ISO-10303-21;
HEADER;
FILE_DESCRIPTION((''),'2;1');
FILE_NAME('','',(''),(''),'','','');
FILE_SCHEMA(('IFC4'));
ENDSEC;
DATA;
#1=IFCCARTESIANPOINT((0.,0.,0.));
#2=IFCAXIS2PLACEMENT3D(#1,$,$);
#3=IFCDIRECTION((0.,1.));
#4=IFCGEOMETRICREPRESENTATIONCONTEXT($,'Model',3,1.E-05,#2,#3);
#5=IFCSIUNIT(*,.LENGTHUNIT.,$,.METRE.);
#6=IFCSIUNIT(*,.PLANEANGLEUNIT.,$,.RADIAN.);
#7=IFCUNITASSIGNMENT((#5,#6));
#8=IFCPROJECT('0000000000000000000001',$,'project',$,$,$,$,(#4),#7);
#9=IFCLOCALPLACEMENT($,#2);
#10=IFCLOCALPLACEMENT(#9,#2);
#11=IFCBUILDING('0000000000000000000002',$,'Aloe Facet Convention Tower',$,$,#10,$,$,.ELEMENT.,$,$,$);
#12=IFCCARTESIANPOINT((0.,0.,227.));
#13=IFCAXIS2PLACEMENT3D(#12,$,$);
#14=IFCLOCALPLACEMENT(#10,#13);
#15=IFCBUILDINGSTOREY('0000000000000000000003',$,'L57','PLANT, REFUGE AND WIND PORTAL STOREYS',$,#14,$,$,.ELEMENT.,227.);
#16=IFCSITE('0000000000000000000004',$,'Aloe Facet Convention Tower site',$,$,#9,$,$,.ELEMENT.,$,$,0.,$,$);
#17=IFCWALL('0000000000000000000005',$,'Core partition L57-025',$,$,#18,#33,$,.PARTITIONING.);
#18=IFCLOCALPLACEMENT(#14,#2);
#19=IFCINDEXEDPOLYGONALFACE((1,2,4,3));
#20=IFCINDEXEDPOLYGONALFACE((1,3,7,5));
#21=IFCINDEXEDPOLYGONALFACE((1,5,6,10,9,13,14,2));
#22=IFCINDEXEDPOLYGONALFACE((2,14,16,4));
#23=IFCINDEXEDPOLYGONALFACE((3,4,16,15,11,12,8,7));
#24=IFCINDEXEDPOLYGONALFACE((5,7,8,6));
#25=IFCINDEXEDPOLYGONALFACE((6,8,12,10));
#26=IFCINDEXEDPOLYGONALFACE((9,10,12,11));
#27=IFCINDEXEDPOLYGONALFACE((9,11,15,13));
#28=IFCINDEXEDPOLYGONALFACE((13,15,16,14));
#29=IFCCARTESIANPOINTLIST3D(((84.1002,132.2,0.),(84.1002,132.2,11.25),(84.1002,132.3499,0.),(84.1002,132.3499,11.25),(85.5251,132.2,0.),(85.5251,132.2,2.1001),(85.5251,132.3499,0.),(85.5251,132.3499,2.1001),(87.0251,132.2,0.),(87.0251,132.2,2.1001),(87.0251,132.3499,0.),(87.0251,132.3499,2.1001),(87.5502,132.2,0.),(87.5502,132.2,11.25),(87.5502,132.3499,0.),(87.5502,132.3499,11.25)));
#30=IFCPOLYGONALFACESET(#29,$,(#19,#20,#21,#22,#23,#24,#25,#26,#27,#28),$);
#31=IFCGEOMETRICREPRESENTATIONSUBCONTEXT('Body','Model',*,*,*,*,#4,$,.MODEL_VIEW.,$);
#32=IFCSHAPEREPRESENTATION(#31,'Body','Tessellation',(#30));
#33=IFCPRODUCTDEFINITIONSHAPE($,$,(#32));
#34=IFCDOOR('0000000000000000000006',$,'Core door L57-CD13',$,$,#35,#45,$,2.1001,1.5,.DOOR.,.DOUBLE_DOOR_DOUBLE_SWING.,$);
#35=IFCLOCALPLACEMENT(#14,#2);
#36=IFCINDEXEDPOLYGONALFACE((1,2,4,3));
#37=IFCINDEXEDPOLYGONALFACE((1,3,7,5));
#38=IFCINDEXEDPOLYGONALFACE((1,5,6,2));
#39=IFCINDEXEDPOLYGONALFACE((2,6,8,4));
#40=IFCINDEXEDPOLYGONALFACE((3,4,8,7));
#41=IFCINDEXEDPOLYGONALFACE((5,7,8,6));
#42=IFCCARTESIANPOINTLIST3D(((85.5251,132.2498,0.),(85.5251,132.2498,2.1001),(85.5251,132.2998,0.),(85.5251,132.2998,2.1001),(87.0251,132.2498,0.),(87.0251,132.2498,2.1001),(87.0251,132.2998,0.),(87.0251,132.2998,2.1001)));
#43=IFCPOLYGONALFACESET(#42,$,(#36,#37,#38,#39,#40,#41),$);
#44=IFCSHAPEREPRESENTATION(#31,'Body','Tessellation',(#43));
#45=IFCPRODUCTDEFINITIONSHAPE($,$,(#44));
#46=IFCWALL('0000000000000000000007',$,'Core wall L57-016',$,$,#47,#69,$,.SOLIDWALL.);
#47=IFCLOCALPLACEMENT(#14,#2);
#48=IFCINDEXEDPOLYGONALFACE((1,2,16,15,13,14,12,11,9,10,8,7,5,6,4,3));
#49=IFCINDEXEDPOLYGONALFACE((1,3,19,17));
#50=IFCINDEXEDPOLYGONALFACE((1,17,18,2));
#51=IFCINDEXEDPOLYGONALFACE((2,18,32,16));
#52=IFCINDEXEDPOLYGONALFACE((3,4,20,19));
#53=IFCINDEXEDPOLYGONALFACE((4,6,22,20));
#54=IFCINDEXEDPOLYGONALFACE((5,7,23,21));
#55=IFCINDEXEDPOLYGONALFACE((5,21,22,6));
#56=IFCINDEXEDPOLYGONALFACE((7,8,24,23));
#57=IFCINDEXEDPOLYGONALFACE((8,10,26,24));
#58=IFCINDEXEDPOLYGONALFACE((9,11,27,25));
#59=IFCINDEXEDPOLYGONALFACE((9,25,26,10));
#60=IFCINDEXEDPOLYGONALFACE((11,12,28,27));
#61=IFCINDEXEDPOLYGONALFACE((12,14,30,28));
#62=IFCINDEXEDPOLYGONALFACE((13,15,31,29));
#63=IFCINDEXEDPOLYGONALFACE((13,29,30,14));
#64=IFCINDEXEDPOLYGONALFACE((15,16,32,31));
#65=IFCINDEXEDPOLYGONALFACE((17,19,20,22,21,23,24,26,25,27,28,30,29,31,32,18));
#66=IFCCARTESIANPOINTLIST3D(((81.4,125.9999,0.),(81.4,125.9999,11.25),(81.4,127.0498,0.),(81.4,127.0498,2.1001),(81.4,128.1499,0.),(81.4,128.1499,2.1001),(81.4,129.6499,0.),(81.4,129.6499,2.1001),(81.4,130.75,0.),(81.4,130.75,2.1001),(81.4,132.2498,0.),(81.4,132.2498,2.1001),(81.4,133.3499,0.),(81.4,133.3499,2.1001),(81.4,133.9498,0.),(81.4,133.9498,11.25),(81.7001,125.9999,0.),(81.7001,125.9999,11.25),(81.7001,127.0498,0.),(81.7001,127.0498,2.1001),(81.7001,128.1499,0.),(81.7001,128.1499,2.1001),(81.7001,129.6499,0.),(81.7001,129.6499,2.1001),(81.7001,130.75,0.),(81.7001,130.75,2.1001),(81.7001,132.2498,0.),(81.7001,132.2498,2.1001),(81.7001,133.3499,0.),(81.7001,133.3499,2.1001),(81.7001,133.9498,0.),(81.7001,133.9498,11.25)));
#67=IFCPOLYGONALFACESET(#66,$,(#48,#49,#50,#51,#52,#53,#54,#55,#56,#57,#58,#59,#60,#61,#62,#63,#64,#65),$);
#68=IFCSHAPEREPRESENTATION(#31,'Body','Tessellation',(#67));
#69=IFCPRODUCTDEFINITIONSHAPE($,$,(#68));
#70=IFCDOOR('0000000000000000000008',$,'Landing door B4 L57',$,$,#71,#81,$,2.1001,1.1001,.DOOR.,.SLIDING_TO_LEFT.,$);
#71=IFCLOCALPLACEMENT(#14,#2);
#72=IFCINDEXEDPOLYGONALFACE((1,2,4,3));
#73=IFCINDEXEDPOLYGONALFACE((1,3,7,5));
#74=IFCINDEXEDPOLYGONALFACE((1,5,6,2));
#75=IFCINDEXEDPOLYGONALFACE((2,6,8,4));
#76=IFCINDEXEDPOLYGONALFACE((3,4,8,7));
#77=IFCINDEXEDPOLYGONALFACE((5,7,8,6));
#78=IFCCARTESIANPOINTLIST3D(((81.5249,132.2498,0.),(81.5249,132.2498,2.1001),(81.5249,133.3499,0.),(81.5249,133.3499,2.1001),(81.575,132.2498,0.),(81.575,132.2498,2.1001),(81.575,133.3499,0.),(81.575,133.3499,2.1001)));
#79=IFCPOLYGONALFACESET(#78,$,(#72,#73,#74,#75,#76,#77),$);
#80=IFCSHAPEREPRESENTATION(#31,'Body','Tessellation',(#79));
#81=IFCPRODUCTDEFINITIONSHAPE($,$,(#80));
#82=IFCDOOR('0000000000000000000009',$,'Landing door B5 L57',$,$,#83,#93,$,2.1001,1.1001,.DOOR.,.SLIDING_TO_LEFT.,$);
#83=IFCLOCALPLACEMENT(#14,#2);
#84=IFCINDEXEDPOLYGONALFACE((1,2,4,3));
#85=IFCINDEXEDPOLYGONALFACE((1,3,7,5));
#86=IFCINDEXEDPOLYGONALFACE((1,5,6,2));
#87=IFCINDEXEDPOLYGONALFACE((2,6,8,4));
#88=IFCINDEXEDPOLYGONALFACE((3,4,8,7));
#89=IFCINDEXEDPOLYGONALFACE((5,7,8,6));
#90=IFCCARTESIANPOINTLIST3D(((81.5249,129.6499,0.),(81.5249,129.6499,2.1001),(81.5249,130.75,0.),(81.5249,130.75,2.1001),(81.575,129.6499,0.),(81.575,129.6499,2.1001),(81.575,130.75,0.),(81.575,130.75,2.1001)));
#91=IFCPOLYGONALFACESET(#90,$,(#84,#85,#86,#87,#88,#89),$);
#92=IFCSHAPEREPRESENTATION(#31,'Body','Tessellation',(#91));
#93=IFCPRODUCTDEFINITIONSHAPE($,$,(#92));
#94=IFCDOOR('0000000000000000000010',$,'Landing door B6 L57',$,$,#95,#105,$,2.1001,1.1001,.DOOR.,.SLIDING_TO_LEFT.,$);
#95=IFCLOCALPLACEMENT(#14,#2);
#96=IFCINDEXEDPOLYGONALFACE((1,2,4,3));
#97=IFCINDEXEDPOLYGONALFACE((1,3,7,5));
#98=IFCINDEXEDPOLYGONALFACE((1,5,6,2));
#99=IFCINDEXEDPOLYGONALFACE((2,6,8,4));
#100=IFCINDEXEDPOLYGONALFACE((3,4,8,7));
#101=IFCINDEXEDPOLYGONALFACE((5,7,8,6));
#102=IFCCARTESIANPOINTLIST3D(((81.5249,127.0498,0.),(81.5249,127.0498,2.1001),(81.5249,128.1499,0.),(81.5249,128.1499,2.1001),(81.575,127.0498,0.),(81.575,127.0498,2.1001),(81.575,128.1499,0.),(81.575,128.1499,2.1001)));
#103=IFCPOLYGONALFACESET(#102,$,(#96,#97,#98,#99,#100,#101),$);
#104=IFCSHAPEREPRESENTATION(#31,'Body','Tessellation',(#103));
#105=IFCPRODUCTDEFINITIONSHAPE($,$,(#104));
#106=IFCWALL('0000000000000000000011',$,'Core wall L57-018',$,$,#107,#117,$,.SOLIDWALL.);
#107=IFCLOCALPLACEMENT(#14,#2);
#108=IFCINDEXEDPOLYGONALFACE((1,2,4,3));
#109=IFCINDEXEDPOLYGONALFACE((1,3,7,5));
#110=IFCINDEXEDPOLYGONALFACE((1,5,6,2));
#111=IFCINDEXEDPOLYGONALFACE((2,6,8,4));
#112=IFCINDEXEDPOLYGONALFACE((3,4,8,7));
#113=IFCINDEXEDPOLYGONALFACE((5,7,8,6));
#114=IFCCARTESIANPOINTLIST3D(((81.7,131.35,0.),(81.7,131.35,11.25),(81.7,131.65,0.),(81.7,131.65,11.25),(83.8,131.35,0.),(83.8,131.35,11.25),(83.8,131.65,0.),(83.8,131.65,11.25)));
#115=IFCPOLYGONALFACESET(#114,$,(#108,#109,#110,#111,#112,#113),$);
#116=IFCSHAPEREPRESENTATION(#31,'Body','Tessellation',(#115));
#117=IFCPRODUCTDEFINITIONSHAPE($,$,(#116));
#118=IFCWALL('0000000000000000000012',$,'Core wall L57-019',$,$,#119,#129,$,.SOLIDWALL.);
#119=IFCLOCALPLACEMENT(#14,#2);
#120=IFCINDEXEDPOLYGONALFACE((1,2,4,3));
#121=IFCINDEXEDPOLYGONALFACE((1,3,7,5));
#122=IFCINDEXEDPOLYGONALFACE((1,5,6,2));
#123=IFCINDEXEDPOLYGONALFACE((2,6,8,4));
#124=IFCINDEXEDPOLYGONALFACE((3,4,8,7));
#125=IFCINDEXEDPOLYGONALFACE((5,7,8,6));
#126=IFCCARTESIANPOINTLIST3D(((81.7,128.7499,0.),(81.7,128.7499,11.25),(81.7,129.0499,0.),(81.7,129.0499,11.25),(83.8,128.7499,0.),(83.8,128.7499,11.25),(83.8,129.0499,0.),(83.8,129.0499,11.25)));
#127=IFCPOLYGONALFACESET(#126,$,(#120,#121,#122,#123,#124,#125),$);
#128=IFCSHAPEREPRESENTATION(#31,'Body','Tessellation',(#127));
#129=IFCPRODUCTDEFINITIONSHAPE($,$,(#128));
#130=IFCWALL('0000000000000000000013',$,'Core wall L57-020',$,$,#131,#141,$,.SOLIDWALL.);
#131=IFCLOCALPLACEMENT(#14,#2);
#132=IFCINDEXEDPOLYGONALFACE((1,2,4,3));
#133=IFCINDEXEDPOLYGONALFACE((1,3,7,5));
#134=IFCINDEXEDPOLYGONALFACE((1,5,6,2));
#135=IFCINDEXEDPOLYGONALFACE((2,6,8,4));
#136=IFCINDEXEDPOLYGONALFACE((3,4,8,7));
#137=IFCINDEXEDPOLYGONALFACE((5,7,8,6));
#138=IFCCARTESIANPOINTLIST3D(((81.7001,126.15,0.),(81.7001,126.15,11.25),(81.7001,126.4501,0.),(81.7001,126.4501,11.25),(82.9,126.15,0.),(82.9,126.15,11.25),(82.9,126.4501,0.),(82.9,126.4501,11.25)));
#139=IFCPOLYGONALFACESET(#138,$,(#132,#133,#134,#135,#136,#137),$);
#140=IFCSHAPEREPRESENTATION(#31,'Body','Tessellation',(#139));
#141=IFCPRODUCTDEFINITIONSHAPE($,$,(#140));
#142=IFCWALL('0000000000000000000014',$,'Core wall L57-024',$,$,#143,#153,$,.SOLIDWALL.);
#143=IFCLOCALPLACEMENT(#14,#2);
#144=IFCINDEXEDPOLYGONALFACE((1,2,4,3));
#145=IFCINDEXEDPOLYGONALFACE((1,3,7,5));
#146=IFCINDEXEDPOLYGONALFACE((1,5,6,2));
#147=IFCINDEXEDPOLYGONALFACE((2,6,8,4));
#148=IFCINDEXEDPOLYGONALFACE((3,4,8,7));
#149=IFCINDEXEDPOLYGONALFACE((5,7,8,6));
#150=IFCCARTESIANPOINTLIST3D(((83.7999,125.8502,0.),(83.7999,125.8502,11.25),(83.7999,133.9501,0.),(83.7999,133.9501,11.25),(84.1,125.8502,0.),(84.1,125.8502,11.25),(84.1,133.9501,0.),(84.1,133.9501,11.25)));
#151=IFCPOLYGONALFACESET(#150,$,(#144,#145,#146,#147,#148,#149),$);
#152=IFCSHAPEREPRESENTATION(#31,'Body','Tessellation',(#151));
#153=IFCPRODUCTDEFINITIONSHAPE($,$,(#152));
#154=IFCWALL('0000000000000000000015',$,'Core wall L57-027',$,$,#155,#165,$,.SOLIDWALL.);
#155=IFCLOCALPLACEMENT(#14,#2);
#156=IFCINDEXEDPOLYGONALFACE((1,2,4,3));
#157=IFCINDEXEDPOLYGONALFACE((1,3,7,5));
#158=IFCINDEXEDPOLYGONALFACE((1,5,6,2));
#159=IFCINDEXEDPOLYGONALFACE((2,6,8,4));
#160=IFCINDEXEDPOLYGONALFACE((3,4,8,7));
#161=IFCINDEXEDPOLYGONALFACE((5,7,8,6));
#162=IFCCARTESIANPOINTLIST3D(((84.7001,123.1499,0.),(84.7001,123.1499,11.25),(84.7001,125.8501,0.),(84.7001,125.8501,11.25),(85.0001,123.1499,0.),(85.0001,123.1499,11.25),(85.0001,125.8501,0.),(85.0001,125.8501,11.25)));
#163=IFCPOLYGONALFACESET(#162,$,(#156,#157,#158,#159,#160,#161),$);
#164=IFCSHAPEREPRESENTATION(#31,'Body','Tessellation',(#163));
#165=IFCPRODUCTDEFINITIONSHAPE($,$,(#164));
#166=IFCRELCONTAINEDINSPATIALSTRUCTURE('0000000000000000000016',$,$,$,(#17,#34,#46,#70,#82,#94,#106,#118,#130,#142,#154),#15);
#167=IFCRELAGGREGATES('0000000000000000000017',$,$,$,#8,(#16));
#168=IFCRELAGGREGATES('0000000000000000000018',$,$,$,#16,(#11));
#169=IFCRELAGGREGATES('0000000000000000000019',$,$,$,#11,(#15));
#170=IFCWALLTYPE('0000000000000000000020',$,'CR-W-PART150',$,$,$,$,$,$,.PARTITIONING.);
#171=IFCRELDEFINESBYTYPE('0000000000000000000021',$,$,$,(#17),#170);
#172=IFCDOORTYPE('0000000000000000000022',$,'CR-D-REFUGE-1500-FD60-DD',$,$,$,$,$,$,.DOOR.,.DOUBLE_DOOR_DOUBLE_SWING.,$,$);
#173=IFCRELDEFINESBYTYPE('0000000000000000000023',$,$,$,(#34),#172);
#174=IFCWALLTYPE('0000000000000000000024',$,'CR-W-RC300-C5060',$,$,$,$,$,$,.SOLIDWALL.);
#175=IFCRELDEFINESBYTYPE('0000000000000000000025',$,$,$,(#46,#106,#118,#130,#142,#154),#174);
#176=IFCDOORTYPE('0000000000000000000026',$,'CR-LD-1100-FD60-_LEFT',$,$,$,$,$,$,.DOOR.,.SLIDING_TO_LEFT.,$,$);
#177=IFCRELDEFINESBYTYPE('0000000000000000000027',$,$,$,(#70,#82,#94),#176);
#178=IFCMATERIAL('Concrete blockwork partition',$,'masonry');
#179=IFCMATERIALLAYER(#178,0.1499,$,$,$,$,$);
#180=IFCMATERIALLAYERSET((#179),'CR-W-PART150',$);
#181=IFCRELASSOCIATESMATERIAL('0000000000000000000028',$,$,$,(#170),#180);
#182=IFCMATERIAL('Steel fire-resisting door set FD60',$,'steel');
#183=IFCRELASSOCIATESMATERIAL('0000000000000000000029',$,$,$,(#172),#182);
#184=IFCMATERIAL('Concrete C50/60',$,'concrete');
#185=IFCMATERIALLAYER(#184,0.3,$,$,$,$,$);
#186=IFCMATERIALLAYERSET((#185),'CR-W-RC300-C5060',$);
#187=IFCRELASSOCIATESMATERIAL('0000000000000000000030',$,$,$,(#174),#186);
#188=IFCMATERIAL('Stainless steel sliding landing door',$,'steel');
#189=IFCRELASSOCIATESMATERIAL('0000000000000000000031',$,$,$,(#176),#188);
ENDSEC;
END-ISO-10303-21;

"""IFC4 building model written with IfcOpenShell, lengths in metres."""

from ifc_helpers import new_model, si_unit, direction, frame, frame_2d, origin, place, context, subcontext, project, spatial, rectangle, extrude, material, layer, layer_set, type_object, element, fill, save


model = new_model("IFC4")

# Units and contexts
model_context = context("Model", 3, precision=1e-05, world=origin(), true_north=direction((0.0, 1.0)))
body_context = subcontext(model_context, "Body", "Model", "MODEL_VIEW")
ifc_project = project(units=[si_unit("LENGTHUNIT", "METRE"), si_unit("PLANEANGLEUNIT", "RADIAN")], contexts=[model_context])

# Site, building, storey
site_placement = place(None, origin())
site = spatial("IfcSite", under=ifc_project, at=site_placement, Name="Aloe Facet Convention Tower site", CompositionType="ELEMENT", RefElevation=0.0)
building_placement = place(site_placement, origin())
building = spatial("IfcBuilding", under=site, at=building_placement, Name="Aloe Facet Convention Tower", CompositionType="ELEMENT")
storey_placement = place(building_placement, frame((0.0, 0.0, 227.0)))
storey = spatial("IfcBuildingStorey", under=building, at=storey_placement, Name="L57", Description="PLANT, REFUGE AND WIND PORTAL STOREYS", CompositionType="ELEMENT", Elevation=227.0)

# Wall, opening, door
ifc_material_1 = material(Name="Concrete blockwork partition", Category="masonry")
ifc_layer_1 = layer(ifc_material_1, 0.1499)
ifc_layer_set_1 = layer_set([ifc_layer_1], Name="CR-W-PART150")
wall_type_1 = type_object("IfcWallType", Name="CR-W-PART150", PredefinedType="PARTITIONING", material=ifc_layer_set_1)
wall_1_placement = place(storey_placement, frame((84.1001, 132.2749, 0.0), z_axis=(0.0, 0.0, 1.0), x_axis=(1.0, 0.0, 0.0)))
wall_1 = element("IfcWall", 1, at=wall_1_placement, inside=storey, type_object=wall_type_1, Name="Core partition L57-025", PredefinedType="PARTITIONING", context=body_context, shape_type="SweptSolid", body=[
    extrude(rectangle(XDim=3.45, YDim=0.1499, at=frame_2d((1.7251, 0.0))), origin(), (0.0, 0.0, 1.0), 11.25),
])
opening_1_placement = place(wall_1_placement, frame((1.425, 0.0, 0.0)))
opening_1 = element("IfcOpeningElement", 2, at=opening_1_placement, cuts=wall_1, PredefinedType="OPENING", context=body_context, shape_type="SweptSolid", body=[
    extrude(rectangle(XDim=1.5, YDim=2.1001, at=frame_2d((0.75, 1.05))), frame((0.0, 0.085, 0.0), z_axis=(0.0, -1.0, 0.0), x_axis=(1.0, 0.0, 0.0)), (0.0, 0.0, 1.0), 0.1699),
])
ifc_material_2 = material(Name="Steel fire-resisting door set FD60", Category="steel")
door_type_1 = type_object("IfcDoorType", Name="CR-D-REFUGE-1500-FD60-DD", OperationType="DOUBLE_DOOR_DOUBLE_SWING", PredefinedType="DOOR", material=ifc_material_2)
door_1_placement = place(opening_1_placement, origin())
door_1 = element("IfcDoor", 3, at=door_1_placement, inside=storey, type_object=door_type_1, Name="Core door L57-CD13", OperationType="DOUBLE_DOOR_DOUBLE_SWING", OverallHeight=2.1001, OverallWidth=1.5, PredefinedType="DOOR", context=body_context, shape_type="SweptSolid", body=[
    extrude(rectangle(XDim=1.5, YDim=2.1001, at=frame_2d((0.75, 1.05))), frame((0.0, 0.0249, 0.0), z_axis=(0.0, -1.0, 0.0), x_axis=(1.0, 0.0, 0.0)), (0.0, 0.0, 1.0), 0.05),
])
fill(opening_1, door_1)

# Wall, openings, doors
ifc_material_3 = material(Name="Concrete C50/60", Category="concrete")
ifc_layer_2 = layer(ifc_material_3, 0.3)
ifc_layer_set_2 = layer_set([ifc_layer_2], Name="CR-W-RC300-C5060")
wall_type_2 = type_object("IfcWallType", Name="CR-W-RC300-C5060", PredefinedType="SOLIDWALL", material=ifc_layer_set_2)
wall_2_placement = place(storey_placement, frame((81.55, 133.95, 0.0), z_axis=(0.0, 0.0, 1.0), x_axis=(0.0, -1.0, 0.0)))
wall_2 = element("IfcWall", 4, at=wall_2_placement, inside=storey, type_object=wall_type_2, Name="Core wall L57-016", PredefinedType="SOLIDWALL", context=body_context, shape_type="SweptSolid", body=[
    extrude(rectangle(XDim=7.95, YDim=0.3, at=frame_2d((3.9751, 0.0))), origin(), (0.0, 0.0, 1.0), 11.25),
])
opening_2_placement = place(wall_2_placement, frame((0.6001, 0.0, 0.0)))
opening_2 = element("IfcOpeningElement", 5, at=opening_2_placement, cuts=wall_2, PredefinedType="OPENING", context=body_context, shape_type="SweptSolid", body=[
    extrude(rectangle(XDim=1.1001, YDim=2.1001, at=frame_2d((0.55, 1.05))), frame((0.0, 0.1602, 0.0), z_axis=(0.0, -1.0, 0.0), x_axis=(1.0, 0.0, 0.0)), (0.0, 0.0, 1.0), 0.3201),
])
opening_3_placement = place(wall_2_placement, frame((3.2, 0.0, 0.0)))
opening_3 = element("IfcOpeningElement", 6, at=opening_3_placement, cuts=wall_2, PredefinedType="OPENING", context=body_context, shape_type="SweptSolid", body=[
    extrude(rectangle(XDim=1.1001, YDim=2.1001, at=frame_2d((0.55, 1.05))), frame((0.0, 0.1602, 0.0), z_axis=(0.0, -1.0, 0.0), x_axis=(1.0, 0.0, 0.0)), (0.0, 0.0, 1.0), 0.3201),
])
opening_4_placement = place(wall_2_placement, frame((5.8, 0.0, 0.0)))
opening_4 = element("IfcOpeningElement", 7, at=opening_4_placement, cuts=wall_2, PredefinedType="OPENING", context=body_context, shape_type="SweptSolid", body=[
    extrude(rectangle(XDim=1.1001, YDim=2.1001, at=frame_2d((0.55, 1.05))), frame((0.0, 0.1602, 0.0), z_axis=(0.0, -1.0, 0.0), x_axis=(1.0, 0.0, 0.0)), (0.0, 0.0, 1.0), 0.3201),
])
ifc_material_4 = material(Name="Stainless steel sliding landing door", Category="steel")
door_type_2 = type_object("IfcDoorType", Name="CR-LD-1100-FD60-_LEFT", OperationType="SLIDING_TO_LEFT", PredefinedType="DOOR", material=ifc_material_4)
door_2_placement = place(opening_2_placement, origin())
door_2 = element("IfcDoor", 8, at=door_2_placement, inside=storey, type_object=door_type_2, Name="Landing door B4 L57", OperationType="SLIDING_TO_LEFT", OverallHeight=2.1001, OverallWidth=1.1001, PredefinedType="DOOR", context=body_context, shape_type="SweptSolid", body=[
    extrude(rectangle(XDim=1.1001, YDim=2.1001, at=frame_2d((0.55, 1.05))), frame((0.0, 0.0249, 0.0), z_axis=(0.0, -1.0, 0.0), x_axis=(1.0, 0.0, 0.0)), (0.0, 0.0, 1.0), 0.05),
])
fill(opening_2, door_2)
door_3_placement = place(opening_3_placement, origin())
door_3 = element("IfcDoor", 9, at=door_3_placement, inside=storey, type_object=door_type_2, Name="Landing door B5 L57", OperationType="SLIDING_TO_LEFT", OverallHeight=2.1001, OverallWidth=1.1001, PredefinedType="DOOR", context=body_context, shape_type="SweptSolid", body=[
    extrude(rectangle(XDim=1.1001, YDim=2.1001, at=frame_2d((0.55, 1.05))), frame((0.0, 0.0249, 0.0), z_axis=(0.0, -1.0, 0.0), x_axis=(1.0, 0.0, 0.0)), (0.0, 0.0, 1.0), 0.05),
])
fill(opening_3, door_3)
door_4_placement = place(opening_4_placement, origin())
door_4 = element("IfcDoor", 10, at=door_4_placement, inside=storey, type_object=door_type_2, Name="Landing door B6 L57", OperationType="SLIDING_TO_LEFT", OverallHeight=2.1001, OverallWidth=1.1001, PredefinedType="DOOR", context=body_context, shape_type="SweptSolid", body=[
    extrude(rectangle(XDim=1.1001, YDim=2.1001, at=frame_2d((0.55, 1.05))), frame((0.0, 0.0249, 0.0), z_axis=(0.0, -1.0, 0.0), x_axis=(1.0, 0.0, 0.0)), (0.0, 0.0, 1.0), 0.05),
])
fill(opening_4, door_4)

# Walls
for number, where, z_axis, x_axis, name in (
    (11, (81.7, 131.5, 0.0), (0.0, 0.0, 1.0), (1.0, 0.0, 0.0), "Core wall L57-018"),
    (12, (81.7, 128.8999, 0.0), (0.0, 0.0, 1.0), (1.0, 0.0, 0.0), "Core wall L57-019"),
):
    element("IfcWall", number, at=place(storey_placement, frame(where, z_axis=z_axis, x_axis=x_axis)), inside=storey, type_object=wall_type_2, Name=name, PredefinedType="SOLIDWALL", context=body_context, shape_type="SweptSolid", body=[
        extrude(rectangle(XDim=2.1001, YDim=0.3, at=frame_2d((1.05, 0.0))), origin(), (0.0, 0.0, 1.0), 11.25),
    ])
wall_3_placement = place(storey_placement, frame((81.7, 126.3, 0.0), z_axis=(0.0, 0.0, 1.0), x_axis=(1.0, 0.0, 0.0)))
element("IfcWall", 13, at=wall_3_placement, inside=storey, type_object=wall_type_2, Name="Core wall L57-020", PredefinedType="SOLIDWALL", context=body_context, shape_type="SweptSolid", body=[
    extrude(rectangle(XDim=1.2, YDim=0.3, at=frame_2d((0.6001, 0.0))), origin(), (0.0, 0.0, 1.0), 11.25),
])
wall_4_placement = place(storey_placement, frame((83.95, 133.95, 0.0), z_axis=(0.0, 0.0, 1.0), x_axis=(0.0, -1.0, 0.0)))
element("IfcWall", 14, at=wall_4_placement, inside=storey, type_object=wall_type_2, Name="Core wall L57-024", PredefinedType="SOLIDWALL", context=body_context, shape_type="SweptSolid", body=[
    extrude(rectangle(XDim=8.0999, YDim=0.3, at=frame_2d((4.0498, 0.0))), origin(), (0.0, 0.0, 1.0), 11.25),
])
wall_5_placement = place(storey_placement, frame((84.8501, 125.8501, 0.0), z_axis=(0.0, 0.0, 1.0), x_axis=(0.0, -1.0, 0.0)))
element("IfcWall", 15, at=wall_5_placement, inside=storey, type_object=wall_type_2, Name="Core wall L57-027", PredefinedType="SOLIDWALL", context=body_context, shape_type="SweptSolid", body=[
    extrude(rectangle(XDim=2.7002, YDim=0.3, at=frame_2d((1.3501, 0.0))), origin(), (0.0, 0.0, 1.0), 11.25),
])

save(model, "model.ifc")
